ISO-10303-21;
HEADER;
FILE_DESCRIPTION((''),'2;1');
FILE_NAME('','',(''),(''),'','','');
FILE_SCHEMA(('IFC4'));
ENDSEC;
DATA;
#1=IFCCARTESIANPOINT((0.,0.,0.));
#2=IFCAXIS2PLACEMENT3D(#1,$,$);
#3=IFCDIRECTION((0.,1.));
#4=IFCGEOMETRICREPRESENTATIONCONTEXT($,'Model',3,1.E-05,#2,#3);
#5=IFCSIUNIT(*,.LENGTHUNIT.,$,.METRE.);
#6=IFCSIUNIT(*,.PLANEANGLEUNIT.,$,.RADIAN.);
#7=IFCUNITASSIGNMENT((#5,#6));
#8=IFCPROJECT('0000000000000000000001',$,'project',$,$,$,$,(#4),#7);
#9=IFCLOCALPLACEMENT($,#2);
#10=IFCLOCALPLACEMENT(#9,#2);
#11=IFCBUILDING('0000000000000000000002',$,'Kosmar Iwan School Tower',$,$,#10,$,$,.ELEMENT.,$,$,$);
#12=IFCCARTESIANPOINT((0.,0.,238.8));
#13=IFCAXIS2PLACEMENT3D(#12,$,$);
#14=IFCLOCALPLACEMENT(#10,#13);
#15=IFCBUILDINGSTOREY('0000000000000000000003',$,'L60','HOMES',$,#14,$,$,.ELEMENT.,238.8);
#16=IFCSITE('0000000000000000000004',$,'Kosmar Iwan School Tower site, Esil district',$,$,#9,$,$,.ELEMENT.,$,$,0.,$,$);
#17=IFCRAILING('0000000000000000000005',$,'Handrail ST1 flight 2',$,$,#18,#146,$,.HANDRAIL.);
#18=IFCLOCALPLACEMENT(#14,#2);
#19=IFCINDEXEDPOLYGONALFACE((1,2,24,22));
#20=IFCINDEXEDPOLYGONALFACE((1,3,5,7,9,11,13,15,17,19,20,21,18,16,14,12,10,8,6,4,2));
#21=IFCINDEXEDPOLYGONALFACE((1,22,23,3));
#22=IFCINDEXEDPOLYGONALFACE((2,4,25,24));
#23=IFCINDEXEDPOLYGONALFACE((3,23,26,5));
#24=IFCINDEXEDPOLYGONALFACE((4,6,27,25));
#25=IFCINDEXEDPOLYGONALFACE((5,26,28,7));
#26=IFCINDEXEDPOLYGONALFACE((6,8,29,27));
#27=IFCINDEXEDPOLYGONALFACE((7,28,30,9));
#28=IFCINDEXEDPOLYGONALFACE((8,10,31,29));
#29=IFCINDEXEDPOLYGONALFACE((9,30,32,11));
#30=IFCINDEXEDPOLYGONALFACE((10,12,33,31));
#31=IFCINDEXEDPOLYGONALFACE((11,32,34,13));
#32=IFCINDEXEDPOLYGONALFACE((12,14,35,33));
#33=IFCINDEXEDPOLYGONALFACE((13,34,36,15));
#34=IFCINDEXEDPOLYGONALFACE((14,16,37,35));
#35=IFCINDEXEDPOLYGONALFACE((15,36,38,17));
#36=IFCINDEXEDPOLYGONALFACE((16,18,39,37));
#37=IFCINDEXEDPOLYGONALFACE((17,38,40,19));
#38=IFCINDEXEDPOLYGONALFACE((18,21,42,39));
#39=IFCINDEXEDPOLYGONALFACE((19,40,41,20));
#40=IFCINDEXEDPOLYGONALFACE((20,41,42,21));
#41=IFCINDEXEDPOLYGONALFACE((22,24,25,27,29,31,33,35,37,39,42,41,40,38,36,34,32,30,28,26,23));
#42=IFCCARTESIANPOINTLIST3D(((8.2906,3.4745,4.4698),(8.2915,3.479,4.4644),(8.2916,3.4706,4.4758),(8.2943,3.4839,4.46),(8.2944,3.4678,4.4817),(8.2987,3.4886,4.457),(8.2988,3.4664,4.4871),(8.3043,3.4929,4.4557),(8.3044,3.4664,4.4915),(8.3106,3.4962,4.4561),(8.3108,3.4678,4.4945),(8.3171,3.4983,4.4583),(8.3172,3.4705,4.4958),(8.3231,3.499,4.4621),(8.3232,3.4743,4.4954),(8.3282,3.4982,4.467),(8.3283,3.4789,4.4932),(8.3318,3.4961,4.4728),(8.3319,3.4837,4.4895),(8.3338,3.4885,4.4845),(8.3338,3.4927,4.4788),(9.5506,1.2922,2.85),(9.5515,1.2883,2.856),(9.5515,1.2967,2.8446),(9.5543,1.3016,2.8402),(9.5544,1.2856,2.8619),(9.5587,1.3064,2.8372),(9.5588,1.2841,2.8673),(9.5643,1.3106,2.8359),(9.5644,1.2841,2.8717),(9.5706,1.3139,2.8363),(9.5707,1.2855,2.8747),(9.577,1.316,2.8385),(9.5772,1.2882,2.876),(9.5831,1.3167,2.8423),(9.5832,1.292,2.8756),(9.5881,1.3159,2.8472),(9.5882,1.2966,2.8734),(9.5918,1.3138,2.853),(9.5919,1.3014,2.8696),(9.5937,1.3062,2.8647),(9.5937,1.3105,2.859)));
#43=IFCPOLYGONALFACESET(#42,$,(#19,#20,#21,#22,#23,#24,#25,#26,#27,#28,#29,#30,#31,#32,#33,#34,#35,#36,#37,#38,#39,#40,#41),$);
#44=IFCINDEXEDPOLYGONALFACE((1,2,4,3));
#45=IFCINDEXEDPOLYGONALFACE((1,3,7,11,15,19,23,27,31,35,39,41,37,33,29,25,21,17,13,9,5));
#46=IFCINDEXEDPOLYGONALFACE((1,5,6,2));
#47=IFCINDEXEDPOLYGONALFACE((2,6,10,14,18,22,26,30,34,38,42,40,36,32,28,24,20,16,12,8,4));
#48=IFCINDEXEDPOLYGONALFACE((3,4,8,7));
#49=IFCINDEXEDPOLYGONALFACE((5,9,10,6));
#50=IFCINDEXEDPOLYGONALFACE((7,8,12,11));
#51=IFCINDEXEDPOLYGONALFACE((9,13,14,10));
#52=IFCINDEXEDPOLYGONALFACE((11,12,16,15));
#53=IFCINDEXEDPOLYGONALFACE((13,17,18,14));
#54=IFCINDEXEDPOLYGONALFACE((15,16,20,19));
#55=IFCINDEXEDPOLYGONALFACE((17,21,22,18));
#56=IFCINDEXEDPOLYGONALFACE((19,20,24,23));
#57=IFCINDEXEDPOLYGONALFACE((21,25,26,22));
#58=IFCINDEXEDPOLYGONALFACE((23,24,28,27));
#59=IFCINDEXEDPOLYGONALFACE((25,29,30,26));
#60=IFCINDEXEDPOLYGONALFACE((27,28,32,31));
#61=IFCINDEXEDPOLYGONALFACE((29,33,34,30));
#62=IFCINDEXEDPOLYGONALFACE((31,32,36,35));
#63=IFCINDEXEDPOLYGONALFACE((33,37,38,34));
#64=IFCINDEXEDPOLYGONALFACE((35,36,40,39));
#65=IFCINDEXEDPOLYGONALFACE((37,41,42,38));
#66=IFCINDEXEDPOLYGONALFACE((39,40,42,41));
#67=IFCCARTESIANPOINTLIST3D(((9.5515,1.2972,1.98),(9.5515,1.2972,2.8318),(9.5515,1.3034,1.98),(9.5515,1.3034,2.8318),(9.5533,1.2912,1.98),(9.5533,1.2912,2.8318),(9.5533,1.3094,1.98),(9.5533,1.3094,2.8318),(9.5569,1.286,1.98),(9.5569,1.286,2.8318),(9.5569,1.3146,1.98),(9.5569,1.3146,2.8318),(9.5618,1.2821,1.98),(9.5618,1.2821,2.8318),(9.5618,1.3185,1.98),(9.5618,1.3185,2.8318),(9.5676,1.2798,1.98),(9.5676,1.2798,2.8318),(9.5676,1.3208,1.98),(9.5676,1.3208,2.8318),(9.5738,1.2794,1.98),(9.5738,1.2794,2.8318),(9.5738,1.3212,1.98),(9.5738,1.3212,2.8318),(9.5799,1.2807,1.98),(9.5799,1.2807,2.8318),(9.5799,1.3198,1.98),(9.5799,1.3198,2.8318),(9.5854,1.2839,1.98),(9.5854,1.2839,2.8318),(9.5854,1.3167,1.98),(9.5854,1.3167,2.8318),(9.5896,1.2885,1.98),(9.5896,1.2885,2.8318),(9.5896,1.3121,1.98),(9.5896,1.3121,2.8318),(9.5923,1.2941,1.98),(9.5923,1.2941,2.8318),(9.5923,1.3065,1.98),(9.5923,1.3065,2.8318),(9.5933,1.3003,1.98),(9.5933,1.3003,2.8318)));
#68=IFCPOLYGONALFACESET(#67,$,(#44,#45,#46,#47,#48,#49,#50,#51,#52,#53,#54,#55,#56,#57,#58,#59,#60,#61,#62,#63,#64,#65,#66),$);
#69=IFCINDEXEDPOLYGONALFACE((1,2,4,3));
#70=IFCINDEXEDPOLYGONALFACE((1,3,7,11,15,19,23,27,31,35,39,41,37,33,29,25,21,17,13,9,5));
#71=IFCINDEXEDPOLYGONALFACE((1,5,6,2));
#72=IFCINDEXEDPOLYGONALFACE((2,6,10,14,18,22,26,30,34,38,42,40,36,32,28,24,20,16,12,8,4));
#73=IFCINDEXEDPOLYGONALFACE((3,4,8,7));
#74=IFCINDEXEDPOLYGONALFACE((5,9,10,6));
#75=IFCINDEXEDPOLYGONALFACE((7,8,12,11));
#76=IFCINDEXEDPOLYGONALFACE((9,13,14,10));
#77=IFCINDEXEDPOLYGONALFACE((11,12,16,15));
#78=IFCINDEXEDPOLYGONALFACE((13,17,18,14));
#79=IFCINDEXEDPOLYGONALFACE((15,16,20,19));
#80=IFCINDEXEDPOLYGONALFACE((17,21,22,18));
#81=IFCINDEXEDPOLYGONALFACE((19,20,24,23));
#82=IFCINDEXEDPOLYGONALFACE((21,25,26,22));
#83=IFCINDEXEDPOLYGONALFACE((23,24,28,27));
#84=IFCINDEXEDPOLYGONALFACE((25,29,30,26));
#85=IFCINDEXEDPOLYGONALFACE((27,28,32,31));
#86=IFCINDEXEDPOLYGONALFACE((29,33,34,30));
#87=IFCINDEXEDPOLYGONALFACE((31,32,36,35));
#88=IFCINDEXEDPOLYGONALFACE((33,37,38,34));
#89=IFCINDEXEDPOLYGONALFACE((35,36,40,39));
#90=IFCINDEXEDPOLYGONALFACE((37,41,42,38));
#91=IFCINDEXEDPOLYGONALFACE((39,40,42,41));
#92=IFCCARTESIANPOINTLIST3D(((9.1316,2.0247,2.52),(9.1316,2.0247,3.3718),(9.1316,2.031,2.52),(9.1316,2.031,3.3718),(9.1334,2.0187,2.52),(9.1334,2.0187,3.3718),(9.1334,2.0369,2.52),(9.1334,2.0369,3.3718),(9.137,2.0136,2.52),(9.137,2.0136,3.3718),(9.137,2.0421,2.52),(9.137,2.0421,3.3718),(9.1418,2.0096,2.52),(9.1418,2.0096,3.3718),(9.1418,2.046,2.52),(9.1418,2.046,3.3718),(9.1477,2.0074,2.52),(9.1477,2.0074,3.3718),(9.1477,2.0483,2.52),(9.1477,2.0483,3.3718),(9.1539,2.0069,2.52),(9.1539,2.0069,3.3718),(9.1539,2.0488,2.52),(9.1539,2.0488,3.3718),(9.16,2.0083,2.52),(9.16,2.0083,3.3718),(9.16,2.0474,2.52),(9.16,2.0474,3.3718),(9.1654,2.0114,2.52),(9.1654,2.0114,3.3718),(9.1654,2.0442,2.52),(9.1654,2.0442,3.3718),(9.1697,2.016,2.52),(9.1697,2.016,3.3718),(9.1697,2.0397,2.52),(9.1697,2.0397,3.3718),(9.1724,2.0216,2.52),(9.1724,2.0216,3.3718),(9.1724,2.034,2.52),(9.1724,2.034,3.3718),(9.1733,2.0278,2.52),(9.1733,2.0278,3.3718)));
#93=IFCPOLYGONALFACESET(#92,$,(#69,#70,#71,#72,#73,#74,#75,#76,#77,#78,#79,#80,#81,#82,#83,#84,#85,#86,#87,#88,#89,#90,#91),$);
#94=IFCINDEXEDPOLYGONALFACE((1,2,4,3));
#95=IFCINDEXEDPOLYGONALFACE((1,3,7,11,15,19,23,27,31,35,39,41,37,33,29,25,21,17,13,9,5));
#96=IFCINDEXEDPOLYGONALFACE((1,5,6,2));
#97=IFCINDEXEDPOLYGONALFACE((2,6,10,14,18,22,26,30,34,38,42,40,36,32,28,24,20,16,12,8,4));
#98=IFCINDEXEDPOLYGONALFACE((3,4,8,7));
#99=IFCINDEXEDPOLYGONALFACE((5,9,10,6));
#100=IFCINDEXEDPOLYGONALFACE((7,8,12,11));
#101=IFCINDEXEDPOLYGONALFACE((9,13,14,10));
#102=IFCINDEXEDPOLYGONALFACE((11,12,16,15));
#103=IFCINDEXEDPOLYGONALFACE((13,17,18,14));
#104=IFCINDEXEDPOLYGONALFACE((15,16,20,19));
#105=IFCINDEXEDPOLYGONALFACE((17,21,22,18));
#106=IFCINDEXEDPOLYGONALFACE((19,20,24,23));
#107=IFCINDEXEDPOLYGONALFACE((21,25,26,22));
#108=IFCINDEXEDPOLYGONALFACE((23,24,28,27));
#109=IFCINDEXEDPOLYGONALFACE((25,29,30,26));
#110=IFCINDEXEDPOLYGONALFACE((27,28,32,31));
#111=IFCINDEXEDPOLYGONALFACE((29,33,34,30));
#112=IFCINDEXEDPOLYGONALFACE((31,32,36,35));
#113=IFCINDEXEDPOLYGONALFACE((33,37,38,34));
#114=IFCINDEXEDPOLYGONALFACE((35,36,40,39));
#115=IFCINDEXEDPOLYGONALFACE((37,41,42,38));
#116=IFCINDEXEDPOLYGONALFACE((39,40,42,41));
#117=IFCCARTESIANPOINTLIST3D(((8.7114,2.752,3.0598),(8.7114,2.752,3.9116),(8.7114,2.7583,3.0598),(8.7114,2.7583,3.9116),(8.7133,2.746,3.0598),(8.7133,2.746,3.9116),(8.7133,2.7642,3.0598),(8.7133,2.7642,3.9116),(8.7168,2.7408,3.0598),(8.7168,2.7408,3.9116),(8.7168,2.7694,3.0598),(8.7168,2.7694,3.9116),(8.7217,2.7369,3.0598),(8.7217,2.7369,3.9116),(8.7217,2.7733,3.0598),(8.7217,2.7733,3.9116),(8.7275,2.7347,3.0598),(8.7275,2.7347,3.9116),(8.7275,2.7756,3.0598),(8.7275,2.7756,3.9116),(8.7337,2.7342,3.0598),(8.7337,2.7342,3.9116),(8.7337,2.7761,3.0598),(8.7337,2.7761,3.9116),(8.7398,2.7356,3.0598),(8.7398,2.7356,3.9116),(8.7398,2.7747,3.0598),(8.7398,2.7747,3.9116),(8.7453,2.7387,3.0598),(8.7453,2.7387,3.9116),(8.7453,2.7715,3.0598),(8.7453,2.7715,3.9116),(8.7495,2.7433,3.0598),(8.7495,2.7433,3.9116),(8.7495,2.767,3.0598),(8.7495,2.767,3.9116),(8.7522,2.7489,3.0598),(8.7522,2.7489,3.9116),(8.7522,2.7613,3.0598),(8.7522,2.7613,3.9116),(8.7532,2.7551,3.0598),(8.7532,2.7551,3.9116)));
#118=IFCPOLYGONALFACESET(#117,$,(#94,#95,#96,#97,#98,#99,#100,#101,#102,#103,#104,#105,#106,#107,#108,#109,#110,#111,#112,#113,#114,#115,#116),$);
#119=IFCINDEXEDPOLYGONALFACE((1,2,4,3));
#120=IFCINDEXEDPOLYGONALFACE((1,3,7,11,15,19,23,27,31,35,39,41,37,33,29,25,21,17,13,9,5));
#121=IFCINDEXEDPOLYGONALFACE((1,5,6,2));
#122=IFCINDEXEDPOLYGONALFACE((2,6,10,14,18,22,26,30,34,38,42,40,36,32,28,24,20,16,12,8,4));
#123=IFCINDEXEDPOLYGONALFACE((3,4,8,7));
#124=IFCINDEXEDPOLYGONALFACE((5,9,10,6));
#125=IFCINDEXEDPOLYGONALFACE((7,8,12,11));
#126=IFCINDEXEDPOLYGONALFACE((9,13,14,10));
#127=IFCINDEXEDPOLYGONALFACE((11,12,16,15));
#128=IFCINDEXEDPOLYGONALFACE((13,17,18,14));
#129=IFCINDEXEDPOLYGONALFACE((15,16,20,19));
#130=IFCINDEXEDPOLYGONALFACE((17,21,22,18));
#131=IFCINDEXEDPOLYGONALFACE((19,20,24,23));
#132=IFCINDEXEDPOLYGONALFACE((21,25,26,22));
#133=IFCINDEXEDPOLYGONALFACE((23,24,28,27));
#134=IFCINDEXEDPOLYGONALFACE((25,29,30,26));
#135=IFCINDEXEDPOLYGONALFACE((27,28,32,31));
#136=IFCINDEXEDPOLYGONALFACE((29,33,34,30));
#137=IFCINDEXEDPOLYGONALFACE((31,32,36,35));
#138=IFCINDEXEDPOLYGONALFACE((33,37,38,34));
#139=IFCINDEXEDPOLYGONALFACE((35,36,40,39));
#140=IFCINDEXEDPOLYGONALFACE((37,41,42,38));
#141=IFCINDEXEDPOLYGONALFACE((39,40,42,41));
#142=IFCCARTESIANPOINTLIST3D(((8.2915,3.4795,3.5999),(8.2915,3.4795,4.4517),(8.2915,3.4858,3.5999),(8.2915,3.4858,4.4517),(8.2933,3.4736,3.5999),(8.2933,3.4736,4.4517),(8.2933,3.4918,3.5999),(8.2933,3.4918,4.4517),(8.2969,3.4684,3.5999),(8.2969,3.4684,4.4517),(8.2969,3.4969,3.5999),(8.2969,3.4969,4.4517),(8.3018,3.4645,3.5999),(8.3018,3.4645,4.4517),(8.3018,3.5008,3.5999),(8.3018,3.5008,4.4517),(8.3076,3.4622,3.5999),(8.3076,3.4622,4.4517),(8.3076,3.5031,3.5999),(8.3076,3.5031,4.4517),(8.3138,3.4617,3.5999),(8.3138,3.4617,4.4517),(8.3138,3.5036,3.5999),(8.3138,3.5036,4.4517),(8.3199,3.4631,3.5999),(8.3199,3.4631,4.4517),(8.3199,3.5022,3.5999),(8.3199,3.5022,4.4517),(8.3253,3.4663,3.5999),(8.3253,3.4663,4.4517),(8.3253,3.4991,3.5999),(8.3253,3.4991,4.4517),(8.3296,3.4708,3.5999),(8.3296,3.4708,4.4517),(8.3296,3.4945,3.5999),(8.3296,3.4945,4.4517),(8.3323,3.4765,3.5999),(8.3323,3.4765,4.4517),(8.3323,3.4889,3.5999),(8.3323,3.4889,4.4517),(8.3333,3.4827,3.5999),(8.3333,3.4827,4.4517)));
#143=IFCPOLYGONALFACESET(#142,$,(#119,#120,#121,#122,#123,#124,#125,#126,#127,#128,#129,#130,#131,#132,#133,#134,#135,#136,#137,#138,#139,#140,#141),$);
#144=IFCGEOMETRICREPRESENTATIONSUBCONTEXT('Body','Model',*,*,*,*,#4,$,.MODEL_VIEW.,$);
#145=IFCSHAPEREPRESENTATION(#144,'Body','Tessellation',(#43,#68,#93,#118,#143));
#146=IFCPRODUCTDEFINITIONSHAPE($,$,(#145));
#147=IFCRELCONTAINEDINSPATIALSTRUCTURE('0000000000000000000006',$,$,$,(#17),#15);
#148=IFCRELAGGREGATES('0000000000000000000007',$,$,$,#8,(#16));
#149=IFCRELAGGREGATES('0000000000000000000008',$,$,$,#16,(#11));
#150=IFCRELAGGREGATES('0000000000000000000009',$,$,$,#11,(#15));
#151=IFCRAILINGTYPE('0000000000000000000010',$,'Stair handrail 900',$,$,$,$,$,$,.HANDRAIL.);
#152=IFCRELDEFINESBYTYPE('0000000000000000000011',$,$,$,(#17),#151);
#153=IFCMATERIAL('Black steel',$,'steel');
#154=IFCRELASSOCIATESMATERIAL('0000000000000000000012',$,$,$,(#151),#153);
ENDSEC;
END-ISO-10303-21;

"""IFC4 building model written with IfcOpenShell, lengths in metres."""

from ifc_helpers import new_model, si_unit, direction, frame, origin, origin_2d, place, context, subcontext, project, spatial, circle, extrude, material, type_object, element, save


model = new_model("IFC4")

# Units and contexts
model_context = context("Model", 3, precision=1e-05, world=origin(), true_north=direction((0.0, 1.0)))
body_context = subcontext(model_context, "Body", "Model", "MODEL_VIEW")
ifc_project = project(units=[si_unit("LENGTHUNIT", "METRE"), si_unit("PLANEANGLEUNIT", "RADIAN")], contexts=[model_context])

# Site, building, storey
site_placement = place(None, origin())
site = spatial("IfcSite", under=ifc_project, at=site_placement, Name="Kosmar Iwan School Tower site, Esil district", CompositionType="ELEMENT", RefElevation=0.0)
building_placement = place(site_placement, origin())
building = spatial("IfcBuilding", under=site, at=building_placement, Name="Kosmar Iwan School Tower", CompositionType="ELEMENT")
storey_placement = place(building_placement, frame((0.0, 0.0, 238.8)))
storey = spatial("IfcBuildingStorey", under=building, at=storey_placement, Name="L60", Description="HOMES", CompositionType="ELEMENT", Elevation=238.8)

# Railing
ifc_material_1 = material(Name="Black steel", Category="steel")
railing_type = type_object("IfcRailingType", Name="Stair handrail 900", PredefinedType="HANDRAIL", material=ifc_material_1)
railing_1_placement = place(storey_placement, frame((9.5723, 1.3003, 1.98)))
element("IfcRailing", 1, at=railing_1_placement, inside=storey, type_object=railing_type, Name="Handrail ST1 flight 2", PredefinedType="HANDRAIL", context=body_context, shape_type="SweptSolid", body=[
    extrude(circle(Radius=0.0239, at=origin_2d()), frame((0.0, 0.0, 0.876), z_axis=(-0.420603, 0.728496, 0.540728), x_axis=(-0.866023, -0.500005, 0.0)), (0.0, 0.0, 1.0), 2.9956),
    extrude(circle(Radius=0.021, at=origin_2d()), origin(), (0.0, 0.0, 1.0), 0.8518),
    extrude(circle(Radius=0.021, at=origin_2d()), frame((-0.4199, 0.7275, 0.54)), (0.0, 0.0, 1.0), 0.8518),
    extrude(circle(Radius=0.021, at=origin_2d()), frame((-0.8401, 1.4548, 1.0798)), (0.0, 0.0, 1.0), 0.8518),
    extrude(circle(Radius=0.021, at=origin_2d()), frame((-1.26, 2.1824, 1.6199)), (0.0, 0.0, 1.0), 0.8518),
])

save(model, "model.ifc")
